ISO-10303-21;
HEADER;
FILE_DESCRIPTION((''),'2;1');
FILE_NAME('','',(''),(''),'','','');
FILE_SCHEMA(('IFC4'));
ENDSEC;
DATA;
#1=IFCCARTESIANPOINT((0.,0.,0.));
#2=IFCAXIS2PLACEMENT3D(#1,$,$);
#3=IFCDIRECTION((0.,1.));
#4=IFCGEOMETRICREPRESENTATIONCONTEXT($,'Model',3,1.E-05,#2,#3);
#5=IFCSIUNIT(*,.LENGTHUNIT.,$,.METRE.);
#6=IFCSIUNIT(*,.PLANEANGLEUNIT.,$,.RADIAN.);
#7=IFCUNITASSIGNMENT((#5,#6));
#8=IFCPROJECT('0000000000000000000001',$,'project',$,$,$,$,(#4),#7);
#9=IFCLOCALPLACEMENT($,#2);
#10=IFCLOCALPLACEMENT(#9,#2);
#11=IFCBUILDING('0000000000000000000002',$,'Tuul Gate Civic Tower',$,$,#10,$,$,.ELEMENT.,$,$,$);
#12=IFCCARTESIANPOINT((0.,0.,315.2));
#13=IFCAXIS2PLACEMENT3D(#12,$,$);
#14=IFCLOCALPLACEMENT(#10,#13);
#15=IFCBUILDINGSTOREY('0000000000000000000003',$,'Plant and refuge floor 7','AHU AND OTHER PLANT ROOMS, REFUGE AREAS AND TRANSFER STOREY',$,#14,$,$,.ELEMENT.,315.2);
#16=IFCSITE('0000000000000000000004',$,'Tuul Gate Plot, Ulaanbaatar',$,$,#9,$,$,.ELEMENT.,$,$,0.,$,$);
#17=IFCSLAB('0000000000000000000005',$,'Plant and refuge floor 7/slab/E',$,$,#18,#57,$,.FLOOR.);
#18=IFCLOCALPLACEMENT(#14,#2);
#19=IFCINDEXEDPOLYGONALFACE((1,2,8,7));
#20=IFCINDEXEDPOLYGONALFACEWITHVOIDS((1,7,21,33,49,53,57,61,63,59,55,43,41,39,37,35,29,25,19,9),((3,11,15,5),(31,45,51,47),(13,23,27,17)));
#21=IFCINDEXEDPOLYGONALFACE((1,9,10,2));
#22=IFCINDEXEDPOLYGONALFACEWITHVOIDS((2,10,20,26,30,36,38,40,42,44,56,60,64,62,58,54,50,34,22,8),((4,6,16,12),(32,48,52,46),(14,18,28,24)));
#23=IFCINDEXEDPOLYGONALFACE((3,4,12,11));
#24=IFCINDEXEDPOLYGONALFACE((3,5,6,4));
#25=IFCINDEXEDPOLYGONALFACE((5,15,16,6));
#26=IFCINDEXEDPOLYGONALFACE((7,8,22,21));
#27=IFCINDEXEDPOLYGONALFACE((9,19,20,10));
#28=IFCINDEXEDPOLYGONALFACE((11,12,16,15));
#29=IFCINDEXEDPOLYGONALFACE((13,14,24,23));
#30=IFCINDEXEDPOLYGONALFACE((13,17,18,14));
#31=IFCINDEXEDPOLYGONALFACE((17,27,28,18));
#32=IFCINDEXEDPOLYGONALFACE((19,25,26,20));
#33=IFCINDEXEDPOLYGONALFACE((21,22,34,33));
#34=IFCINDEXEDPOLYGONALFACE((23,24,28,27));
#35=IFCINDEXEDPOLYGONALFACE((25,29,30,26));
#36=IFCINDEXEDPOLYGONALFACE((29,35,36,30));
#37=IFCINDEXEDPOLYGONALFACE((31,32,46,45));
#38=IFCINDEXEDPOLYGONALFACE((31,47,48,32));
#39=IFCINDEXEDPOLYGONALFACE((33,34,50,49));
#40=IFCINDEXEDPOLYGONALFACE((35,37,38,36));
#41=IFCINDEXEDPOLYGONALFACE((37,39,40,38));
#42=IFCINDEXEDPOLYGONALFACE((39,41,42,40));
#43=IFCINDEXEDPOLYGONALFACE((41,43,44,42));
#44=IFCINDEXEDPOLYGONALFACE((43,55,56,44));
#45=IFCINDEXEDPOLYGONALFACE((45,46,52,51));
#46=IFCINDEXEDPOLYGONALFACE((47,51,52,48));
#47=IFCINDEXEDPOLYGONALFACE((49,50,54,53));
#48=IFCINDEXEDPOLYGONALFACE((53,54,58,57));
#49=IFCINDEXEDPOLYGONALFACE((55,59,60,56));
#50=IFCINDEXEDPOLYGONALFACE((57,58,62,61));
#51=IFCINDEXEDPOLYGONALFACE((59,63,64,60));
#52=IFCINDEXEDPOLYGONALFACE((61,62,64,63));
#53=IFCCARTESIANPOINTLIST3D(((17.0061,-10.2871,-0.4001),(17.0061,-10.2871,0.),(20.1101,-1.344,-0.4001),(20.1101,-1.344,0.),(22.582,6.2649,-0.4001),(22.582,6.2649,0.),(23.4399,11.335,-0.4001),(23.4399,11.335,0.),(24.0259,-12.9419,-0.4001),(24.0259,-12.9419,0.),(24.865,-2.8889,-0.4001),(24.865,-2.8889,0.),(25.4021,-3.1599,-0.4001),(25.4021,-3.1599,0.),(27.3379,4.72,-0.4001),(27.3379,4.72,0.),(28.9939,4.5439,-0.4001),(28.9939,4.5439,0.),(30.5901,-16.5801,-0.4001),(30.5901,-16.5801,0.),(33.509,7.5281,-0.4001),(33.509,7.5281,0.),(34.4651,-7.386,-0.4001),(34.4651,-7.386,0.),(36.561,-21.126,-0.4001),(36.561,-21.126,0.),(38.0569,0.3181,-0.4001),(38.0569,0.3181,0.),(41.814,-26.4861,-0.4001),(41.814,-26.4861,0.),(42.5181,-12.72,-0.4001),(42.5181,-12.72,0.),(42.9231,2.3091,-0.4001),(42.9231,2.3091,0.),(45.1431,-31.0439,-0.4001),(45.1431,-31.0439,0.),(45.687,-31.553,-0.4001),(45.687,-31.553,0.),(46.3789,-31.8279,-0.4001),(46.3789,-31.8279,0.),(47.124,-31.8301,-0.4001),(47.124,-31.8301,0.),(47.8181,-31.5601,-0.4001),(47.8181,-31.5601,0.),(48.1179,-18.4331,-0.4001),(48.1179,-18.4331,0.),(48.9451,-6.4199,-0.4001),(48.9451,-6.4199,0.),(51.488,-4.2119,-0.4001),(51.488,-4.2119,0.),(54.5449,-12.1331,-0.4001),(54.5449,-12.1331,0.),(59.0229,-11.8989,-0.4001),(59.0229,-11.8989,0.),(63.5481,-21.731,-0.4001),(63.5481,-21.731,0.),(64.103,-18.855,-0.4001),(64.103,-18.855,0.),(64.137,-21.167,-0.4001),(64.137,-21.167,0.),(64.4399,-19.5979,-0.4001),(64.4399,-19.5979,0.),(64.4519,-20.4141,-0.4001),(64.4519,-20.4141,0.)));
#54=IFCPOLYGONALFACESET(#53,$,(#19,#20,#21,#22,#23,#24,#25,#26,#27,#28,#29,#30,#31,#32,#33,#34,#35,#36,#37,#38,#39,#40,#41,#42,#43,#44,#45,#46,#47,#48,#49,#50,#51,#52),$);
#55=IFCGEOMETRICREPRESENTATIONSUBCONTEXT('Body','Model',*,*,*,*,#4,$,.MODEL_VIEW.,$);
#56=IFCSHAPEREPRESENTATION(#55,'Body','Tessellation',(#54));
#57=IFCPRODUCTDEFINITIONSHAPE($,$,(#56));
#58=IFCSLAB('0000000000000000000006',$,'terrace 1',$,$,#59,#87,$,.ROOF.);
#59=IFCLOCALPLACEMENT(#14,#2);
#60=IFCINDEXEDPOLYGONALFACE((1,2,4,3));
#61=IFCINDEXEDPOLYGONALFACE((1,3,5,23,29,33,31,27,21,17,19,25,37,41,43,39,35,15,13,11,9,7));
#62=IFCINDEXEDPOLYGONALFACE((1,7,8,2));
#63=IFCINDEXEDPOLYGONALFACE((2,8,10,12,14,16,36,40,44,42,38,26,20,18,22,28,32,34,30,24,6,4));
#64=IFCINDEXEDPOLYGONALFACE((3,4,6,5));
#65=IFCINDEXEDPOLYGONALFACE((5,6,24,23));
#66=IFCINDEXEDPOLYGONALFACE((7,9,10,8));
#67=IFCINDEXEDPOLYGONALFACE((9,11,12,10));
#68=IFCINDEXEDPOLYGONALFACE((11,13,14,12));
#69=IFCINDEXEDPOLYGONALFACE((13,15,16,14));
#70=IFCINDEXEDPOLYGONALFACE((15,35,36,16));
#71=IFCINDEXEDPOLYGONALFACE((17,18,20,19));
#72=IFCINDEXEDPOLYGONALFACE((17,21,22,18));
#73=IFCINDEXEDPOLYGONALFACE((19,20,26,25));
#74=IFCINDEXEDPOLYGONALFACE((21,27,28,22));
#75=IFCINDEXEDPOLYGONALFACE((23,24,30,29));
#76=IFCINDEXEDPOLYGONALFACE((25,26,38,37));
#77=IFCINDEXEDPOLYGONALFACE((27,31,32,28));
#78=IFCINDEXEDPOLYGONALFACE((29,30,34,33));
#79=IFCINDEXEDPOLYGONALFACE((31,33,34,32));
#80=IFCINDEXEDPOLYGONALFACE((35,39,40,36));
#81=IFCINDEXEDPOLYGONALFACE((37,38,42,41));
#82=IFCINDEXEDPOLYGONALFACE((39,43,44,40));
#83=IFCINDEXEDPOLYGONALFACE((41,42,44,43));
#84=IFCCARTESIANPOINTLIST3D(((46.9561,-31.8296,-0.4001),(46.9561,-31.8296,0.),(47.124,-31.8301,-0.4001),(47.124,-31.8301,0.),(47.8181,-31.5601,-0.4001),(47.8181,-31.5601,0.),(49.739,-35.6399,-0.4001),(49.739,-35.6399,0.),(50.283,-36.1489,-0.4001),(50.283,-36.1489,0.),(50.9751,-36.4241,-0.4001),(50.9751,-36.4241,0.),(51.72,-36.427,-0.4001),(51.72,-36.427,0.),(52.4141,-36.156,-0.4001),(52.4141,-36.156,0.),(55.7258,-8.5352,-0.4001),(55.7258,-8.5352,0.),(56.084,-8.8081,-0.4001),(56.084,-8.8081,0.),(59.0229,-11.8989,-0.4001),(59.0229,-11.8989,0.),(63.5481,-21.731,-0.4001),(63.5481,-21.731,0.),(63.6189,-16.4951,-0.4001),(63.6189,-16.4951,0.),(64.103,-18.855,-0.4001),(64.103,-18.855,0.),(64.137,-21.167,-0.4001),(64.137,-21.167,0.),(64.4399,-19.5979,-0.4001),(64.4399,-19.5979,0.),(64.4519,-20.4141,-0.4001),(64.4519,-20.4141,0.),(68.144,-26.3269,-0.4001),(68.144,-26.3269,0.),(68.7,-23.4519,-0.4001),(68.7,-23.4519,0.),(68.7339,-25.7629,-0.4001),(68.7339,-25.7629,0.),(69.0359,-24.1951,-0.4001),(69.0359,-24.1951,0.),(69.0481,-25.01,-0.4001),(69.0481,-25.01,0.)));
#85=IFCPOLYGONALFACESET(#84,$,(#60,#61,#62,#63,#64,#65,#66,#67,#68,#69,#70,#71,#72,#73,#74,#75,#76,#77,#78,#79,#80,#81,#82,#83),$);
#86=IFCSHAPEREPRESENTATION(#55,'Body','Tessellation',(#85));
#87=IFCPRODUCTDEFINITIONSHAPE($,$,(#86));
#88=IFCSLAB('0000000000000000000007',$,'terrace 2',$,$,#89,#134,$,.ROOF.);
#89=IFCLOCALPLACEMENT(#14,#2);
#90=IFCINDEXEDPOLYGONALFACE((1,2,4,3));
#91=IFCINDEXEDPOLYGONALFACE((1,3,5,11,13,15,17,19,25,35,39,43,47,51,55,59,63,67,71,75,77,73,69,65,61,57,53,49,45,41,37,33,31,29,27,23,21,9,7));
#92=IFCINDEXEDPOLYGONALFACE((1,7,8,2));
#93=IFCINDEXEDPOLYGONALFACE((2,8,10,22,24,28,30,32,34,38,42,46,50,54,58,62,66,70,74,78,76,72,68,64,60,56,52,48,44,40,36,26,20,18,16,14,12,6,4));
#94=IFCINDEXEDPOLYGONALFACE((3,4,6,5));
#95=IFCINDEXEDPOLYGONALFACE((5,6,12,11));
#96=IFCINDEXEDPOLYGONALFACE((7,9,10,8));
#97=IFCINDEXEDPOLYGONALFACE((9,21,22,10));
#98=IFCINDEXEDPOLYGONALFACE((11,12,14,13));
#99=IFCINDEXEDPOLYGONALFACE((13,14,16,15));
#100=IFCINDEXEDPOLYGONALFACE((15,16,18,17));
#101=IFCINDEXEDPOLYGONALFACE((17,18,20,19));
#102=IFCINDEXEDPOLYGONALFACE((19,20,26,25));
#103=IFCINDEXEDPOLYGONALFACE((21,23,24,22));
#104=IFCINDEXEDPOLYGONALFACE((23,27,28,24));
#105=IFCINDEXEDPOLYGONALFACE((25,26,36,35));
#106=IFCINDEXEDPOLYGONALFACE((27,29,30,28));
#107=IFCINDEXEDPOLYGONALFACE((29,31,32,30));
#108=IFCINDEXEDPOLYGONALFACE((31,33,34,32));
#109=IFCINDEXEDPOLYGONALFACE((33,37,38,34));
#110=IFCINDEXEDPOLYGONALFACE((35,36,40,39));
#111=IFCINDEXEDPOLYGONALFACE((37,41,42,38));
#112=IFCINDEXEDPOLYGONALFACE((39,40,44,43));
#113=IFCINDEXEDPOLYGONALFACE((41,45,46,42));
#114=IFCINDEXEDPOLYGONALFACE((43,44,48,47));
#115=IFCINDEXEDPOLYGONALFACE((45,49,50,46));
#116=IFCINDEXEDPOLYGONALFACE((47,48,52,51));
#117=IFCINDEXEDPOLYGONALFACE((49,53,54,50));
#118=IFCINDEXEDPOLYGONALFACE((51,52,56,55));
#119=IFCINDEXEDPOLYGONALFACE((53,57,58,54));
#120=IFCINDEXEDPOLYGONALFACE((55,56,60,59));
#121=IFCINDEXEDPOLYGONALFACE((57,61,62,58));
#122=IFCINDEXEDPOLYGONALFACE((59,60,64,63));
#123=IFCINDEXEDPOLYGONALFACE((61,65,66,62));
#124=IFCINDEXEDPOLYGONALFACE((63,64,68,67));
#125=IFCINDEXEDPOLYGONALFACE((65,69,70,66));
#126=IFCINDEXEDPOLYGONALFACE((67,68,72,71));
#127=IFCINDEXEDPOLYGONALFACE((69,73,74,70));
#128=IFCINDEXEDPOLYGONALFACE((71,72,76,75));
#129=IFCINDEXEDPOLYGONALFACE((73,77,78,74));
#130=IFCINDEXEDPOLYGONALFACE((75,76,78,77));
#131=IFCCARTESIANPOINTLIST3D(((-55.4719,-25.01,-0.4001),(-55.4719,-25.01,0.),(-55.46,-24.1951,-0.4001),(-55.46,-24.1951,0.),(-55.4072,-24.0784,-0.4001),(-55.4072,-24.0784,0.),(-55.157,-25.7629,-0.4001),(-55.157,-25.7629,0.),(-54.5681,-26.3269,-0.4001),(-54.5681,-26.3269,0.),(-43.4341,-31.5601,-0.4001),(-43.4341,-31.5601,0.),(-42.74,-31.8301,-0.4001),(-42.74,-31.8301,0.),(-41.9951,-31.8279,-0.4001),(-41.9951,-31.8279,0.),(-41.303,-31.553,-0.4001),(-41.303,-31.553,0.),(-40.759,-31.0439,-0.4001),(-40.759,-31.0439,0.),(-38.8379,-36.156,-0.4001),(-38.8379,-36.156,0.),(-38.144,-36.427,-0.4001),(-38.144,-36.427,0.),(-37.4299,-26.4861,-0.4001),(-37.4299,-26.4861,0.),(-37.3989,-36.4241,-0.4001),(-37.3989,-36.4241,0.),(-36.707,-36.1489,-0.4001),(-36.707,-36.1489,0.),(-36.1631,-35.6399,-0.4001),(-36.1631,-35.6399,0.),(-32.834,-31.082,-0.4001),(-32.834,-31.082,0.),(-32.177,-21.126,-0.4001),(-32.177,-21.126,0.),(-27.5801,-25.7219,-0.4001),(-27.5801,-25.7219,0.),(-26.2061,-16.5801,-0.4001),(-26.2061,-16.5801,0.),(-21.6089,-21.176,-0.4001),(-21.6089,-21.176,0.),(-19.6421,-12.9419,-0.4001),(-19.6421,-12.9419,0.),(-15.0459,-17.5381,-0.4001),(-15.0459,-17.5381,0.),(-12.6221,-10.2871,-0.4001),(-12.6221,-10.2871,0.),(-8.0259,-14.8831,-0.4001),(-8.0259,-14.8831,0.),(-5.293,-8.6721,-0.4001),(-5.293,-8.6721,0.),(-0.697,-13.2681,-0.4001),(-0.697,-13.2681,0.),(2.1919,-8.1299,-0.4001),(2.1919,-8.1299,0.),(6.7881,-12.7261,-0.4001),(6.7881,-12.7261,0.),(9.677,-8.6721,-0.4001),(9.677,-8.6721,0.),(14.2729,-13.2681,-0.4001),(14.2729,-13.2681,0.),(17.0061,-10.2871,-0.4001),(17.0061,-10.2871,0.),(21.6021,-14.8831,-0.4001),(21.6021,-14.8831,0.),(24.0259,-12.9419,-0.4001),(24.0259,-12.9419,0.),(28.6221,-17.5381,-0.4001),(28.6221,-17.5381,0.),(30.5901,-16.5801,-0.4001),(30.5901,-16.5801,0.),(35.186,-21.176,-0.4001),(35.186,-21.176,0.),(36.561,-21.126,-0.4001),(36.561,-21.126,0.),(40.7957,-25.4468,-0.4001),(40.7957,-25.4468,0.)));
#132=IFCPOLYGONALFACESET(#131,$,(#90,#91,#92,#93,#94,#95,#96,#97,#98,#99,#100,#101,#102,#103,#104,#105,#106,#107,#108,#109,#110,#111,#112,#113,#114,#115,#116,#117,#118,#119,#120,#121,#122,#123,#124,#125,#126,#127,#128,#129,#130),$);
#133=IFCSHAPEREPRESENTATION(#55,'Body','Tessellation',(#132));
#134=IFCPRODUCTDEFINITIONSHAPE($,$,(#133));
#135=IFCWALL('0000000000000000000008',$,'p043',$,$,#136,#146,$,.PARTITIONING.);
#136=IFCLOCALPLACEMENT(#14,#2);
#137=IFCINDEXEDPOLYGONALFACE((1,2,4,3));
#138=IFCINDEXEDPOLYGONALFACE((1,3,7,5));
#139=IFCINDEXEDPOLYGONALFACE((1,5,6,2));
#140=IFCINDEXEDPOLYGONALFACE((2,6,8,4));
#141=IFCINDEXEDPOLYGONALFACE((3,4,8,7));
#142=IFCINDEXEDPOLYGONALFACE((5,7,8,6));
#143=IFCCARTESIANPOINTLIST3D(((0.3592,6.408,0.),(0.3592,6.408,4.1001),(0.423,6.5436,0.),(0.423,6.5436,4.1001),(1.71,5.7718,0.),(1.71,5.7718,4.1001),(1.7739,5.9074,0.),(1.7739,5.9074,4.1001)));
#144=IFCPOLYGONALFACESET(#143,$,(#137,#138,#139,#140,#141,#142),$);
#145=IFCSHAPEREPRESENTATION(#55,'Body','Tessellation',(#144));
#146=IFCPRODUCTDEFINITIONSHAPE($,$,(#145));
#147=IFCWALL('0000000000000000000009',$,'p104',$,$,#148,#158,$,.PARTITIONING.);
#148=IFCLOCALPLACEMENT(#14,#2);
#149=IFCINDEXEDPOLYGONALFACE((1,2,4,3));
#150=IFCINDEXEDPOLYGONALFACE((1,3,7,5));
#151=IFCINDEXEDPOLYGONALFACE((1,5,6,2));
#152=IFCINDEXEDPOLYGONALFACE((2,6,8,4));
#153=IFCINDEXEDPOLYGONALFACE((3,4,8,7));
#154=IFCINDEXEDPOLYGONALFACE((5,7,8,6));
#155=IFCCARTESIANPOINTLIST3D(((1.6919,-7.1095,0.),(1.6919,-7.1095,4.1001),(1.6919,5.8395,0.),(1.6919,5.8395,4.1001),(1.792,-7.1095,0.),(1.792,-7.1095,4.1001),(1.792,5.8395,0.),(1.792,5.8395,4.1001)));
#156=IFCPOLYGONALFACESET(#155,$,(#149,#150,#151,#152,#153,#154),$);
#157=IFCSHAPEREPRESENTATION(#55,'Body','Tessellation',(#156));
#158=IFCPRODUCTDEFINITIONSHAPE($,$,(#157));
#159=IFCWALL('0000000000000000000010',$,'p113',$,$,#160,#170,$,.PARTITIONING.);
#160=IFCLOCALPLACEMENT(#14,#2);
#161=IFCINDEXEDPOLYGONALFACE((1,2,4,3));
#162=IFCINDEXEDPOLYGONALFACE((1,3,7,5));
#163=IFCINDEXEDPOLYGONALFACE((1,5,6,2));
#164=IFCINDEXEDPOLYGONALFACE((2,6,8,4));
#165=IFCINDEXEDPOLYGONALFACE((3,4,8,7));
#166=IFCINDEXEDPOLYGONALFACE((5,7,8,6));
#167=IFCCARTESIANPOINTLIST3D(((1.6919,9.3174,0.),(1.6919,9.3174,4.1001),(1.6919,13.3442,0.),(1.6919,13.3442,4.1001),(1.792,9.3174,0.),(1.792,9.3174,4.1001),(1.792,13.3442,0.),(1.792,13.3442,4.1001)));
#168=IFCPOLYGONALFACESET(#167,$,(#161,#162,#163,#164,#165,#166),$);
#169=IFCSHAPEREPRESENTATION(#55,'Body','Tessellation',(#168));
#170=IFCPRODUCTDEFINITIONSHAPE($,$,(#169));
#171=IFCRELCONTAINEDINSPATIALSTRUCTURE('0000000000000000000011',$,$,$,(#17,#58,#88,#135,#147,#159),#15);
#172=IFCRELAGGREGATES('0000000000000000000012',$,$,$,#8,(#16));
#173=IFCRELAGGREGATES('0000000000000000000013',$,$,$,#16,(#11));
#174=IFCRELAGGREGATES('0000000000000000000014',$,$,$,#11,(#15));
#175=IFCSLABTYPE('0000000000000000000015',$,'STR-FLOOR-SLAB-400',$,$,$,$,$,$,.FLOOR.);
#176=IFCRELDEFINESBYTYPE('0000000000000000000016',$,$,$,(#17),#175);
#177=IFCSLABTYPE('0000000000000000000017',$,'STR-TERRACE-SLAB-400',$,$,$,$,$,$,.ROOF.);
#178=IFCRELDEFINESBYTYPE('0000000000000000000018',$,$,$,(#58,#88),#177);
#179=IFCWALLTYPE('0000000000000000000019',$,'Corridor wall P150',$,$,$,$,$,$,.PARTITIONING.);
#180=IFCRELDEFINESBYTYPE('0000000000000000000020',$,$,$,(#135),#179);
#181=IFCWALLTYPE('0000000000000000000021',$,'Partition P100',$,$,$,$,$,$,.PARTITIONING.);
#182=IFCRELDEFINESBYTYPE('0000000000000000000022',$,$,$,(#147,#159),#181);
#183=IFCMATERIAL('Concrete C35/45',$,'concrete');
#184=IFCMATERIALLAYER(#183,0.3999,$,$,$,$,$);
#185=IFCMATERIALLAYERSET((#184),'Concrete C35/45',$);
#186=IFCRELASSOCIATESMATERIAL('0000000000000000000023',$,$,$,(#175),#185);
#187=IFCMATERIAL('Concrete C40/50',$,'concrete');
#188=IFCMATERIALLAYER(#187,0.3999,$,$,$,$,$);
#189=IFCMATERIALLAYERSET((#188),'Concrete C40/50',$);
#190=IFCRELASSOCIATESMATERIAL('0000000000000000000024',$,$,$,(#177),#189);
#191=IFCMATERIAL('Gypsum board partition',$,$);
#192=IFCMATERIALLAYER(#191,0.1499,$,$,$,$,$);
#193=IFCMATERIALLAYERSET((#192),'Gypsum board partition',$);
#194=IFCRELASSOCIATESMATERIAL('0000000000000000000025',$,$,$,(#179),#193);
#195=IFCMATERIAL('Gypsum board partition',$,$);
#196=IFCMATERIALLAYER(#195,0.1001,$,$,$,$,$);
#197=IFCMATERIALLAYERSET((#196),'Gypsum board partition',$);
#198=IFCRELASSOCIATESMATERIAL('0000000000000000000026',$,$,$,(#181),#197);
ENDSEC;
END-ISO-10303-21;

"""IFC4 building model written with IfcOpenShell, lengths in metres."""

from ifc_helpers import new_model, si_unit, direction, frame, frame_2d, origin, place, context, subcontext, project, spatial, polyline, rectangle, outline, extrude, material, layer, layer_set, type_object, element, save


model = new_model("IFC4")

# Units and contexts
model_context = context("Model", 3, precision=1e-05, world=origin(), true_north=direction((0.0, 1.0)))
body_context = subcontext(model_context, "Body", "Model", "MODEL_VIEW")
ifc_project = project(units=[si_unit("LENGTHUNIT", "METRE"), si_unit("PLANEANGLEUNIT", "RADIAN")], contexts=[model_context])

# Site, building, storey
site_placement = place(None, origin())
site = spatial("IfcSite", under=ifc_project, at=site_placement, Name="Tuul Gate Plot, Ulaanbaatar", CompositionType="ELEMENT", RefElevation=0.0)
building_placement = place(site_placement, origin())
building = spatial("IfcBuilding", under=site, at=building_placement, Name="Tuul Gate Civic Tower", CompositionType="ELEMENT")
storey_placement = place(building_placement, frame((0.0, 0.0, 315.2)))
storey = spatial("IfcBuildingStorey", under=building, at=storey_placement, Name="Plant and refuge floor 7", Description="AHU AND OTHER PLANT ROOMS, REFUGE AREAS AND TRANSFER STOREY", CompositionType="ELEMENT", Elevation=315.2)

# Slabs
ifc_material_1 = material(Name="Concrete C35/45", Category="concrete")
ifc_layer_1 = layer(ifc_material_1, 0.3999)
ifc_layer_set_1 = layer_set([ifc_layer_1], Name="Concrete C35/45")
slab_type_1 = type_object("IfcSlabType", Name="STR-FLOOR-SLAB-400", PredefinedType="FLOOR", material=ifc_layer_set_1)
slab_1_placement = place(storey_placement, frame((0.0, 0.0, -0.4001)))
element("IfcSlab", 1, at=slab_1_placement, inside=storey, type_object=slab_type_1, Name="Plant and refuge floor 7/slab/E", PredefinedType="FLOOR", context=body_context, shape_type="SweptSolid", body=[
    extrude(outline(polyline([(47.124, -31.8301), (47.8181, -31.5601), (63.5481, -21.731), (64.137, -21.167), (64.4519, -20.4141), (64.4399, -19.5979), (64.103, -18.855), (59.0229, -11.8989), (51.488, -4.2119), (42.9231, 2.3091), (33.509, 7.5281), (23.4399, 11.335), (17.0061, -10.2871), (24.0259, -12.9419), (30.5901, -16.5801), (36.561, -21.126), (41.814, -26.4861), (45.1431, -31.0439), (45.687, -31.553), (46.3789, -31.8279), (47.124, -31.8301)]), holes=[polyline([(48.1179, -18.4331), (42.5181, -12.72), (48.9451, -6.4199), (54.5449, -12.1331), (48.1179, -18.4331)]), polyline([(25.4021, -3.1599), (28.9939, 4.5439), (38.0569, 0.3181), (34.4651, -7.386), (25.4021, -3.1599)]), polyline([(20.1101, -1.344), (22.582, 6.2649), (27.3379, 4.72), (24.865, -2.8889), (20.1101, -1.344)])]), origin(), (0.0, 0.0, 1.0), 0.4001),
])
ifc_material_2 = material(Name="Concrete C40/50", Category="concrete")
ifc_layer_2 = layer(ifc_material_2, 0.3999)
ifc_layer_set_2 = layer_set([ifc_layer_2], Name="Concrete C40/50")
slab_type_2 = type_object("IfcSlabType", Name="STR-TERRACE-SLAB-400", PredefinedType="ROOF", material=ifc_layer_set_2)
slab_2_placement = place(storey_placement, frame((0.0, 0.0, -0.4001)))
element("IfcSlab", 2, at=slab_2_placement, inside=storey, type_object=slab_type_2, Name="terrace 1", PredefinedType="ROOF", context=body_context, shape_type="SweptSolid", body=[
    extrude(outline(polyline([(56.084, -8.8081), (63.6189, -16.4951), (68.7, -23.4519), (69.0359, -24.1951), (69.0481, -25.01), (68.7339, -25.7629), (68.144, -26.3269), (52.4141, -36.156), (51.72, -36.427), (50.9751, -36.4241), (50.283, -36.1489), (49.739, -35.6399), (46.9561, -31.8296), (47.124, -31.8301), (47.8181, -31.5601), (63.5481, -21.731), (64.137, -21.167), (64.4519, -20.4141), (64.4399, -19.5979), (64.103, -18.855), (59.0229, -11.8989), (55.7258, -8.5352), (56.084, -8.8081)])), origin(), (0.0, 0.0, 1.0), 0.4001),
])
slab_3_placement = place(storey_placement, frame((0.0, 0.0, -0.4001)))
element("IfcSlab", 3, at=slab_3_placement, inside=storey, type_object=slab_type_2, Name="terrace 2", PredefinedType="ROOF", context=body_context, shape_type="SweptSolid", body=[
    extrude(outline(polyline([(35.186, -21.176), (28.6221, -17.5381), (21.6021, -14.8831), (14.2729, -13.2681), (6.7881, -12.7261), (-0.697, -13.2681), (-8.0259, -14.8831), (-15.0459, -17.5381), (-21.6089, -21.176), (-27.5801, -25.7219), (-32.834, -31.082), (-36.1631, -35.6399), (-36.707, -36.1489), (-37.3989, -36.4241), (-38.144, -36.427), (-38.8379, -36.156), (-54.5681, -26.3269), (-55.157, -25.7629), (-55.4719, -25.01), (-55.46, -24.1951), (-55.4072, -24.0784), (-43.4341, -31.5601), (-42.74, -31.8301), (-41.9951, -31.8279), (-41.303, -31.553), (-40.759, -31.0439), (-37.4299, -26.4861), (-32.177, -21.126), (-26.2061, -16.5801), (-19.6421, -12.9419), (-12.6221, -10.2871), (-5.293, -8.6721), (2.1919, -8.1299), (9.677, -8.6721), (17.0061, -10.2871), (24.0259, -12.9419), (30.5901, -16.5801), (36.561, -21.126), (40.7957, -25.4468), (35.186, -21.176)])), origin(), (0.0, 0.0, 1.0), 0.4001),
])

# Walls
ifc_material_3 = material(Name="Gypsum board partition")
ifc_layer_3 = layer(ifc_material_3, 0.1499)
ifc_layer_set_3 = layer_set([ifc_layer_3], Name="Gypsum board partition")
wall_type_1 = type_object("IfcWallType", Name="Corridor wall P150", PredefinedType="PARTITIONING", material=ifc_layer_set_3)
wall_1_placement = place(storey_placement, frame((0.3911, 6.4758, 0.0), z_axis=(0.0, 0.0, 1.0), x_axis=(0.904678, -0.426096, 0.0)))
element("IfcWall", 4, at=wall_1_placement, inside=storey, type_object=wall_type_1, Name="p043", PredefinedType="PARTITIONING", context=body_context, shape_type="SweptSolid", body=[
    extrude(rectangle(XDim=1.4932, YDim=0.1499, at=frame_2d((0.7466, 0.0))), origin(), (0.0, 0.0, 1.0), 4.1001),
])
ifc_material_4 = material(Name="Gypsum board partition")
ifc_layer_4 = layer(ifc_material_4, 0.1001)
ifc_layer_set_4 = layer_set([ifc_layer_4], Name="Gypsum board partition")
wall_type_2 = type_object("IfcWallType", Name="Partition P100", PredefinedType="PARTITIONING", material=ifc_layer_set_4)
wall_2_placement = place(storey_placement, frame((1.7419, 5.8396, 0.0), z_axis=(0.0, 0.0, 1.0), x_axis=(0.0, -1.0, 0.0)))
element("IfcWall", 5, at=wall_2_placement, inside=storey, type_object=wall_type_2, Name="p104", PredefinedType="PARTITIONING", context=body_context, shape_type="SweptSolid", body=[
    extrude(rectangle(XDim=12.949, YDim=0.1001, at=frame_2d((6.4746, 0.0))), origin(), (0.0, 0.0, 1.0), 4.1001),
])
wall_3_placement = place(storey_placement, frame((1.7419, 13.3442, 0.0), z_axis=(0.0, 0.0, 1.0), x_axis=(0.0, -1.0, 0.0)))
element("IfcWall", 6, at=wall_3_placement, inside=storey, type_object=wall_type_2, Name="p113", PredefinedType="PARTITIONING", context=body_context, shape_type="SweptSolid", body=[
    extrude(rectangle(XDim=4.0269, YDim=0.1001, at=frame_2d((2.0134, 0.0))), origin(), (0.0, 0.0, 1.0), 4.1001),
])

save(model, "model.ifc")
